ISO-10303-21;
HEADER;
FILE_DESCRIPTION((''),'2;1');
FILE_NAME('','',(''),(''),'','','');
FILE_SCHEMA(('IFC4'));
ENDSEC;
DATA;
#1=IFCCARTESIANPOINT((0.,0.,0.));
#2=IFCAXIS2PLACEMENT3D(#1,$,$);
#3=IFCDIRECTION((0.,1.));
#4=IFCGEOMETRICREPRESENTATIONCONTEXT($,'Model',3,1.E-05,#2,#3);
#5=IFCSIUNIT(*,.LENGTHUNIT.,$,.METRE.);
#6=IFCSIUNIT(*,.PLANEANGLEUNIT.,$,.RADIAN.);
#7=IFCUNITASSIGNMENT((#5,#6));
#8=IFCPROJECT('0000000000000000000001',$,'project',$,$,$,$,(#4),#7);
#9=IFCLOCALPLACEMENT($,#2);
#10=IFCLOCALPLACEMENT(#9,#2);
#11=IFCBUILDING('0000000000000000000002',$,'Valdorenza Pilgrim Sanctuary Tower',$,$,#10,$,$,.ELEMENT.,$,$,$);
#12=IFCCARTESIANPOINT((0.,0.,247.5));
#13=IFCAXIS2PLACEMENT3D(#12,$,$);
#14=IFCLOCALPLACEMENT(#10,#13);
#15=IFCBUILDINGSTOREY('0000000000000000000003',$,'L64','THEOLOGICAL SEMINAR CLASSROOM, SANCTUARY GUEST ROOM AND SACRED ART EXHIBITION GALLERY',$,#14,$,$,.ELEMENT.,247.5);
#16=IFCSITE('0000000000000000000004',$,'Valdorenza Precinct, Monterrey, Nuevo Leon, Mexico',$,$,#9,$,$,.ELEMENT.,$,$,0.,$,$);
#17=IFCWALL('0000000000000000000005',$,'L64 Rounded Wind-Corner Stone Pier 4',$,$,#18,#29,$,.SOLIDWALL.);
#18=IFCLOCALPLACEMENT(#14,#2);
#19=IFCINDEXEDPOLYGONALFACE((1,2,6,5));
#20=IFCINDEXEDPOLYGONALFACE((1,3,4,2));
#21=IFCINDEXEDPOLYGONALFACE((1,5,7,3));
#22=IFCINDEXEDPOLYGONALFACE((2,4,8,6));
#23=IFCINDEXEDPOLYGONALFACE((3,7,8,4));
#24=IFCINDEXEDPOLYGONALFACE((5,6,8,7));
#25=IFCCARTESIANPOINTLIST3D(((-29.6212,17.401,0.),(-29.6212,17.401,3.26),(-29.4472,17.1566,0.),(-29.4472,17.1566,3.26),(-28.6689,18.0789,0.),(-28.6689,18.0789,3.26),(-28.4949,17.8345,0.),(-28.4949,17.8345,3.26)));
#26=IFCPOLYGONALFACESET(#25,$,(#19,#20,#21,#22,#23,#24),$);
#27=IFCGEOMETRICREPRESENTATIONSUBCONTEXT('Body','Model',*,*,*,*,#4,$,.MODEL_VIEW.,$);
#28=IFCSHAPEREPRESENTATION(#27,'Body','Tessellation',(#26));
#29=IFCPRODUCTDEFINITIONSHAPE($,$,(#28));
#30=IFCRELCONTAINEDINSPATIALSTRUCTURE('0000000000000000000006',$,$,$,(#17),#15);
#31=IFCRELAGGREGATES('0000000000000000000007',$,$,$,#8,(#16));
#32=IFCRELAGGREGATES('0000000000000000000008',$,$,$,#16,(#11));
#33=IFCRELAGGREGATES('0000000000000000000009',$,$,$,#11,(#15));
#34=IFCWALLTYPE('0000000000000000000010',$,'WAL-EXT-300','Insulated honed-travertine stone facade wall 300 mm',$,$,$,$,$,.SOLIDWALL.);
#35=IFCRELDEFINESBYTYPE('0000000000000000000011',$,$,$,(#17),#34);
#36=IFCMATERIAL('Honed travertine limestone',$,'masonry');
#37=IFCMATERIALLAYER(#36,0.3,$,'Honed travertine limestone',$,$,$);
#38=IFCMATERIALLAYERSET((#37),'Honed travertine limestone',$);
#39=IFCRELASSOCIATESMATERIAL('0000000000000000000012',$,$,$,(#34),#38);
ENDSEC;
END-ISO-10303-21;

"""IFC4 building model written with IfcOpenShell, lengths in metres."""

from ifc_helpers import new_model, si_unit, direction, frame, frame_2d, origin, place, context, subcontext, project, spatial, rectangle, extrude, material, layer, layer_set, type_object, element, save


model = new_model("IFC4")

# Units and contexts
model_context = context("Model", 3, precision=1e-05, world=origin(), true_north=direction((0.0, 1.0)))
body_context = subcontext(model_context, "Body", "Model", "MODEL_VIEW")
ifc_project = project(units=[si_unit("LENGTHUNIT", "METRE"), si_unit("PLANEANGLEUNIT", "RADIAN")], contexts=[model_context])

# Site, building, storey
site_placement = place(None, origin())
site = spatial("IfcSite", under=ifc_project, at=site_placement, Name="Valdorenza Precinct, Monterrey, Nuevo Leon, Mexico", CompositionType="ELEMENT", RefElevation=0.0)
building_placement = place(site_placement, origin())
building = spatial("IfcBuilding", under=site, at=building_placement, Name="Valdorenza Pilgrim Sanctuary Tower", CompositionType="ELEMENT")
storey_placement = place(building_placement, frame((0.0, 0.0, 247.5)))
storey = spatial("IfcBuildingStorey", under=building, at=storey_placement, Name="L64", Description="THEOLOGICAL SEMINAR CLASSROOM, SANCTUARY GUEST ROOM AND SACRED ART EXHIBITION GALLERY", CompositionType="ELEMENT", Elevation=247.5)

# Shared definitions
ifc_material_1 = material(Name="Honed travertine limestone", Category="masonry")

# Wall
ifc_layer_1 = layer(ifc_material_1, 0.3, Name="Honed travertine limestone")
ifc_layer_set_1 = layer_set([ifc_layer_1], Name="Honed travertine limestone")
wall_type_1 = type_object("IfcWallType", Name="WAL-EXT-300", Description="Insulated honed-travertine stone facade wall 300 mm", PredefinedType="SOLIDWALL", material=ifc_layer_set_1)
wall_1_placement = place(storey_placement, frame((-29.5342, 17.2788, 0.0), z_axis=(0.0, 0.0, 1.0), x_axis=(0.814664, 0.579934, 0.0)))
element("IfcWall", 1, at=wall_1_placement, inside=storey, type_object=wall_type_1, Name="L64 Rounded Wind-Corner Stone Pier 4", PredefinedType="SOLIDWALL", context=body_context, shape_type="SweptSolid", body=[
    extrude(rectangle(XDim=1.1689, YDim=0.3, at=frame_2d((0.5845, 0.0))), origin(), (0.0, 0.0, 1.0), 3.26),
])

save(model, "model.ifc")
